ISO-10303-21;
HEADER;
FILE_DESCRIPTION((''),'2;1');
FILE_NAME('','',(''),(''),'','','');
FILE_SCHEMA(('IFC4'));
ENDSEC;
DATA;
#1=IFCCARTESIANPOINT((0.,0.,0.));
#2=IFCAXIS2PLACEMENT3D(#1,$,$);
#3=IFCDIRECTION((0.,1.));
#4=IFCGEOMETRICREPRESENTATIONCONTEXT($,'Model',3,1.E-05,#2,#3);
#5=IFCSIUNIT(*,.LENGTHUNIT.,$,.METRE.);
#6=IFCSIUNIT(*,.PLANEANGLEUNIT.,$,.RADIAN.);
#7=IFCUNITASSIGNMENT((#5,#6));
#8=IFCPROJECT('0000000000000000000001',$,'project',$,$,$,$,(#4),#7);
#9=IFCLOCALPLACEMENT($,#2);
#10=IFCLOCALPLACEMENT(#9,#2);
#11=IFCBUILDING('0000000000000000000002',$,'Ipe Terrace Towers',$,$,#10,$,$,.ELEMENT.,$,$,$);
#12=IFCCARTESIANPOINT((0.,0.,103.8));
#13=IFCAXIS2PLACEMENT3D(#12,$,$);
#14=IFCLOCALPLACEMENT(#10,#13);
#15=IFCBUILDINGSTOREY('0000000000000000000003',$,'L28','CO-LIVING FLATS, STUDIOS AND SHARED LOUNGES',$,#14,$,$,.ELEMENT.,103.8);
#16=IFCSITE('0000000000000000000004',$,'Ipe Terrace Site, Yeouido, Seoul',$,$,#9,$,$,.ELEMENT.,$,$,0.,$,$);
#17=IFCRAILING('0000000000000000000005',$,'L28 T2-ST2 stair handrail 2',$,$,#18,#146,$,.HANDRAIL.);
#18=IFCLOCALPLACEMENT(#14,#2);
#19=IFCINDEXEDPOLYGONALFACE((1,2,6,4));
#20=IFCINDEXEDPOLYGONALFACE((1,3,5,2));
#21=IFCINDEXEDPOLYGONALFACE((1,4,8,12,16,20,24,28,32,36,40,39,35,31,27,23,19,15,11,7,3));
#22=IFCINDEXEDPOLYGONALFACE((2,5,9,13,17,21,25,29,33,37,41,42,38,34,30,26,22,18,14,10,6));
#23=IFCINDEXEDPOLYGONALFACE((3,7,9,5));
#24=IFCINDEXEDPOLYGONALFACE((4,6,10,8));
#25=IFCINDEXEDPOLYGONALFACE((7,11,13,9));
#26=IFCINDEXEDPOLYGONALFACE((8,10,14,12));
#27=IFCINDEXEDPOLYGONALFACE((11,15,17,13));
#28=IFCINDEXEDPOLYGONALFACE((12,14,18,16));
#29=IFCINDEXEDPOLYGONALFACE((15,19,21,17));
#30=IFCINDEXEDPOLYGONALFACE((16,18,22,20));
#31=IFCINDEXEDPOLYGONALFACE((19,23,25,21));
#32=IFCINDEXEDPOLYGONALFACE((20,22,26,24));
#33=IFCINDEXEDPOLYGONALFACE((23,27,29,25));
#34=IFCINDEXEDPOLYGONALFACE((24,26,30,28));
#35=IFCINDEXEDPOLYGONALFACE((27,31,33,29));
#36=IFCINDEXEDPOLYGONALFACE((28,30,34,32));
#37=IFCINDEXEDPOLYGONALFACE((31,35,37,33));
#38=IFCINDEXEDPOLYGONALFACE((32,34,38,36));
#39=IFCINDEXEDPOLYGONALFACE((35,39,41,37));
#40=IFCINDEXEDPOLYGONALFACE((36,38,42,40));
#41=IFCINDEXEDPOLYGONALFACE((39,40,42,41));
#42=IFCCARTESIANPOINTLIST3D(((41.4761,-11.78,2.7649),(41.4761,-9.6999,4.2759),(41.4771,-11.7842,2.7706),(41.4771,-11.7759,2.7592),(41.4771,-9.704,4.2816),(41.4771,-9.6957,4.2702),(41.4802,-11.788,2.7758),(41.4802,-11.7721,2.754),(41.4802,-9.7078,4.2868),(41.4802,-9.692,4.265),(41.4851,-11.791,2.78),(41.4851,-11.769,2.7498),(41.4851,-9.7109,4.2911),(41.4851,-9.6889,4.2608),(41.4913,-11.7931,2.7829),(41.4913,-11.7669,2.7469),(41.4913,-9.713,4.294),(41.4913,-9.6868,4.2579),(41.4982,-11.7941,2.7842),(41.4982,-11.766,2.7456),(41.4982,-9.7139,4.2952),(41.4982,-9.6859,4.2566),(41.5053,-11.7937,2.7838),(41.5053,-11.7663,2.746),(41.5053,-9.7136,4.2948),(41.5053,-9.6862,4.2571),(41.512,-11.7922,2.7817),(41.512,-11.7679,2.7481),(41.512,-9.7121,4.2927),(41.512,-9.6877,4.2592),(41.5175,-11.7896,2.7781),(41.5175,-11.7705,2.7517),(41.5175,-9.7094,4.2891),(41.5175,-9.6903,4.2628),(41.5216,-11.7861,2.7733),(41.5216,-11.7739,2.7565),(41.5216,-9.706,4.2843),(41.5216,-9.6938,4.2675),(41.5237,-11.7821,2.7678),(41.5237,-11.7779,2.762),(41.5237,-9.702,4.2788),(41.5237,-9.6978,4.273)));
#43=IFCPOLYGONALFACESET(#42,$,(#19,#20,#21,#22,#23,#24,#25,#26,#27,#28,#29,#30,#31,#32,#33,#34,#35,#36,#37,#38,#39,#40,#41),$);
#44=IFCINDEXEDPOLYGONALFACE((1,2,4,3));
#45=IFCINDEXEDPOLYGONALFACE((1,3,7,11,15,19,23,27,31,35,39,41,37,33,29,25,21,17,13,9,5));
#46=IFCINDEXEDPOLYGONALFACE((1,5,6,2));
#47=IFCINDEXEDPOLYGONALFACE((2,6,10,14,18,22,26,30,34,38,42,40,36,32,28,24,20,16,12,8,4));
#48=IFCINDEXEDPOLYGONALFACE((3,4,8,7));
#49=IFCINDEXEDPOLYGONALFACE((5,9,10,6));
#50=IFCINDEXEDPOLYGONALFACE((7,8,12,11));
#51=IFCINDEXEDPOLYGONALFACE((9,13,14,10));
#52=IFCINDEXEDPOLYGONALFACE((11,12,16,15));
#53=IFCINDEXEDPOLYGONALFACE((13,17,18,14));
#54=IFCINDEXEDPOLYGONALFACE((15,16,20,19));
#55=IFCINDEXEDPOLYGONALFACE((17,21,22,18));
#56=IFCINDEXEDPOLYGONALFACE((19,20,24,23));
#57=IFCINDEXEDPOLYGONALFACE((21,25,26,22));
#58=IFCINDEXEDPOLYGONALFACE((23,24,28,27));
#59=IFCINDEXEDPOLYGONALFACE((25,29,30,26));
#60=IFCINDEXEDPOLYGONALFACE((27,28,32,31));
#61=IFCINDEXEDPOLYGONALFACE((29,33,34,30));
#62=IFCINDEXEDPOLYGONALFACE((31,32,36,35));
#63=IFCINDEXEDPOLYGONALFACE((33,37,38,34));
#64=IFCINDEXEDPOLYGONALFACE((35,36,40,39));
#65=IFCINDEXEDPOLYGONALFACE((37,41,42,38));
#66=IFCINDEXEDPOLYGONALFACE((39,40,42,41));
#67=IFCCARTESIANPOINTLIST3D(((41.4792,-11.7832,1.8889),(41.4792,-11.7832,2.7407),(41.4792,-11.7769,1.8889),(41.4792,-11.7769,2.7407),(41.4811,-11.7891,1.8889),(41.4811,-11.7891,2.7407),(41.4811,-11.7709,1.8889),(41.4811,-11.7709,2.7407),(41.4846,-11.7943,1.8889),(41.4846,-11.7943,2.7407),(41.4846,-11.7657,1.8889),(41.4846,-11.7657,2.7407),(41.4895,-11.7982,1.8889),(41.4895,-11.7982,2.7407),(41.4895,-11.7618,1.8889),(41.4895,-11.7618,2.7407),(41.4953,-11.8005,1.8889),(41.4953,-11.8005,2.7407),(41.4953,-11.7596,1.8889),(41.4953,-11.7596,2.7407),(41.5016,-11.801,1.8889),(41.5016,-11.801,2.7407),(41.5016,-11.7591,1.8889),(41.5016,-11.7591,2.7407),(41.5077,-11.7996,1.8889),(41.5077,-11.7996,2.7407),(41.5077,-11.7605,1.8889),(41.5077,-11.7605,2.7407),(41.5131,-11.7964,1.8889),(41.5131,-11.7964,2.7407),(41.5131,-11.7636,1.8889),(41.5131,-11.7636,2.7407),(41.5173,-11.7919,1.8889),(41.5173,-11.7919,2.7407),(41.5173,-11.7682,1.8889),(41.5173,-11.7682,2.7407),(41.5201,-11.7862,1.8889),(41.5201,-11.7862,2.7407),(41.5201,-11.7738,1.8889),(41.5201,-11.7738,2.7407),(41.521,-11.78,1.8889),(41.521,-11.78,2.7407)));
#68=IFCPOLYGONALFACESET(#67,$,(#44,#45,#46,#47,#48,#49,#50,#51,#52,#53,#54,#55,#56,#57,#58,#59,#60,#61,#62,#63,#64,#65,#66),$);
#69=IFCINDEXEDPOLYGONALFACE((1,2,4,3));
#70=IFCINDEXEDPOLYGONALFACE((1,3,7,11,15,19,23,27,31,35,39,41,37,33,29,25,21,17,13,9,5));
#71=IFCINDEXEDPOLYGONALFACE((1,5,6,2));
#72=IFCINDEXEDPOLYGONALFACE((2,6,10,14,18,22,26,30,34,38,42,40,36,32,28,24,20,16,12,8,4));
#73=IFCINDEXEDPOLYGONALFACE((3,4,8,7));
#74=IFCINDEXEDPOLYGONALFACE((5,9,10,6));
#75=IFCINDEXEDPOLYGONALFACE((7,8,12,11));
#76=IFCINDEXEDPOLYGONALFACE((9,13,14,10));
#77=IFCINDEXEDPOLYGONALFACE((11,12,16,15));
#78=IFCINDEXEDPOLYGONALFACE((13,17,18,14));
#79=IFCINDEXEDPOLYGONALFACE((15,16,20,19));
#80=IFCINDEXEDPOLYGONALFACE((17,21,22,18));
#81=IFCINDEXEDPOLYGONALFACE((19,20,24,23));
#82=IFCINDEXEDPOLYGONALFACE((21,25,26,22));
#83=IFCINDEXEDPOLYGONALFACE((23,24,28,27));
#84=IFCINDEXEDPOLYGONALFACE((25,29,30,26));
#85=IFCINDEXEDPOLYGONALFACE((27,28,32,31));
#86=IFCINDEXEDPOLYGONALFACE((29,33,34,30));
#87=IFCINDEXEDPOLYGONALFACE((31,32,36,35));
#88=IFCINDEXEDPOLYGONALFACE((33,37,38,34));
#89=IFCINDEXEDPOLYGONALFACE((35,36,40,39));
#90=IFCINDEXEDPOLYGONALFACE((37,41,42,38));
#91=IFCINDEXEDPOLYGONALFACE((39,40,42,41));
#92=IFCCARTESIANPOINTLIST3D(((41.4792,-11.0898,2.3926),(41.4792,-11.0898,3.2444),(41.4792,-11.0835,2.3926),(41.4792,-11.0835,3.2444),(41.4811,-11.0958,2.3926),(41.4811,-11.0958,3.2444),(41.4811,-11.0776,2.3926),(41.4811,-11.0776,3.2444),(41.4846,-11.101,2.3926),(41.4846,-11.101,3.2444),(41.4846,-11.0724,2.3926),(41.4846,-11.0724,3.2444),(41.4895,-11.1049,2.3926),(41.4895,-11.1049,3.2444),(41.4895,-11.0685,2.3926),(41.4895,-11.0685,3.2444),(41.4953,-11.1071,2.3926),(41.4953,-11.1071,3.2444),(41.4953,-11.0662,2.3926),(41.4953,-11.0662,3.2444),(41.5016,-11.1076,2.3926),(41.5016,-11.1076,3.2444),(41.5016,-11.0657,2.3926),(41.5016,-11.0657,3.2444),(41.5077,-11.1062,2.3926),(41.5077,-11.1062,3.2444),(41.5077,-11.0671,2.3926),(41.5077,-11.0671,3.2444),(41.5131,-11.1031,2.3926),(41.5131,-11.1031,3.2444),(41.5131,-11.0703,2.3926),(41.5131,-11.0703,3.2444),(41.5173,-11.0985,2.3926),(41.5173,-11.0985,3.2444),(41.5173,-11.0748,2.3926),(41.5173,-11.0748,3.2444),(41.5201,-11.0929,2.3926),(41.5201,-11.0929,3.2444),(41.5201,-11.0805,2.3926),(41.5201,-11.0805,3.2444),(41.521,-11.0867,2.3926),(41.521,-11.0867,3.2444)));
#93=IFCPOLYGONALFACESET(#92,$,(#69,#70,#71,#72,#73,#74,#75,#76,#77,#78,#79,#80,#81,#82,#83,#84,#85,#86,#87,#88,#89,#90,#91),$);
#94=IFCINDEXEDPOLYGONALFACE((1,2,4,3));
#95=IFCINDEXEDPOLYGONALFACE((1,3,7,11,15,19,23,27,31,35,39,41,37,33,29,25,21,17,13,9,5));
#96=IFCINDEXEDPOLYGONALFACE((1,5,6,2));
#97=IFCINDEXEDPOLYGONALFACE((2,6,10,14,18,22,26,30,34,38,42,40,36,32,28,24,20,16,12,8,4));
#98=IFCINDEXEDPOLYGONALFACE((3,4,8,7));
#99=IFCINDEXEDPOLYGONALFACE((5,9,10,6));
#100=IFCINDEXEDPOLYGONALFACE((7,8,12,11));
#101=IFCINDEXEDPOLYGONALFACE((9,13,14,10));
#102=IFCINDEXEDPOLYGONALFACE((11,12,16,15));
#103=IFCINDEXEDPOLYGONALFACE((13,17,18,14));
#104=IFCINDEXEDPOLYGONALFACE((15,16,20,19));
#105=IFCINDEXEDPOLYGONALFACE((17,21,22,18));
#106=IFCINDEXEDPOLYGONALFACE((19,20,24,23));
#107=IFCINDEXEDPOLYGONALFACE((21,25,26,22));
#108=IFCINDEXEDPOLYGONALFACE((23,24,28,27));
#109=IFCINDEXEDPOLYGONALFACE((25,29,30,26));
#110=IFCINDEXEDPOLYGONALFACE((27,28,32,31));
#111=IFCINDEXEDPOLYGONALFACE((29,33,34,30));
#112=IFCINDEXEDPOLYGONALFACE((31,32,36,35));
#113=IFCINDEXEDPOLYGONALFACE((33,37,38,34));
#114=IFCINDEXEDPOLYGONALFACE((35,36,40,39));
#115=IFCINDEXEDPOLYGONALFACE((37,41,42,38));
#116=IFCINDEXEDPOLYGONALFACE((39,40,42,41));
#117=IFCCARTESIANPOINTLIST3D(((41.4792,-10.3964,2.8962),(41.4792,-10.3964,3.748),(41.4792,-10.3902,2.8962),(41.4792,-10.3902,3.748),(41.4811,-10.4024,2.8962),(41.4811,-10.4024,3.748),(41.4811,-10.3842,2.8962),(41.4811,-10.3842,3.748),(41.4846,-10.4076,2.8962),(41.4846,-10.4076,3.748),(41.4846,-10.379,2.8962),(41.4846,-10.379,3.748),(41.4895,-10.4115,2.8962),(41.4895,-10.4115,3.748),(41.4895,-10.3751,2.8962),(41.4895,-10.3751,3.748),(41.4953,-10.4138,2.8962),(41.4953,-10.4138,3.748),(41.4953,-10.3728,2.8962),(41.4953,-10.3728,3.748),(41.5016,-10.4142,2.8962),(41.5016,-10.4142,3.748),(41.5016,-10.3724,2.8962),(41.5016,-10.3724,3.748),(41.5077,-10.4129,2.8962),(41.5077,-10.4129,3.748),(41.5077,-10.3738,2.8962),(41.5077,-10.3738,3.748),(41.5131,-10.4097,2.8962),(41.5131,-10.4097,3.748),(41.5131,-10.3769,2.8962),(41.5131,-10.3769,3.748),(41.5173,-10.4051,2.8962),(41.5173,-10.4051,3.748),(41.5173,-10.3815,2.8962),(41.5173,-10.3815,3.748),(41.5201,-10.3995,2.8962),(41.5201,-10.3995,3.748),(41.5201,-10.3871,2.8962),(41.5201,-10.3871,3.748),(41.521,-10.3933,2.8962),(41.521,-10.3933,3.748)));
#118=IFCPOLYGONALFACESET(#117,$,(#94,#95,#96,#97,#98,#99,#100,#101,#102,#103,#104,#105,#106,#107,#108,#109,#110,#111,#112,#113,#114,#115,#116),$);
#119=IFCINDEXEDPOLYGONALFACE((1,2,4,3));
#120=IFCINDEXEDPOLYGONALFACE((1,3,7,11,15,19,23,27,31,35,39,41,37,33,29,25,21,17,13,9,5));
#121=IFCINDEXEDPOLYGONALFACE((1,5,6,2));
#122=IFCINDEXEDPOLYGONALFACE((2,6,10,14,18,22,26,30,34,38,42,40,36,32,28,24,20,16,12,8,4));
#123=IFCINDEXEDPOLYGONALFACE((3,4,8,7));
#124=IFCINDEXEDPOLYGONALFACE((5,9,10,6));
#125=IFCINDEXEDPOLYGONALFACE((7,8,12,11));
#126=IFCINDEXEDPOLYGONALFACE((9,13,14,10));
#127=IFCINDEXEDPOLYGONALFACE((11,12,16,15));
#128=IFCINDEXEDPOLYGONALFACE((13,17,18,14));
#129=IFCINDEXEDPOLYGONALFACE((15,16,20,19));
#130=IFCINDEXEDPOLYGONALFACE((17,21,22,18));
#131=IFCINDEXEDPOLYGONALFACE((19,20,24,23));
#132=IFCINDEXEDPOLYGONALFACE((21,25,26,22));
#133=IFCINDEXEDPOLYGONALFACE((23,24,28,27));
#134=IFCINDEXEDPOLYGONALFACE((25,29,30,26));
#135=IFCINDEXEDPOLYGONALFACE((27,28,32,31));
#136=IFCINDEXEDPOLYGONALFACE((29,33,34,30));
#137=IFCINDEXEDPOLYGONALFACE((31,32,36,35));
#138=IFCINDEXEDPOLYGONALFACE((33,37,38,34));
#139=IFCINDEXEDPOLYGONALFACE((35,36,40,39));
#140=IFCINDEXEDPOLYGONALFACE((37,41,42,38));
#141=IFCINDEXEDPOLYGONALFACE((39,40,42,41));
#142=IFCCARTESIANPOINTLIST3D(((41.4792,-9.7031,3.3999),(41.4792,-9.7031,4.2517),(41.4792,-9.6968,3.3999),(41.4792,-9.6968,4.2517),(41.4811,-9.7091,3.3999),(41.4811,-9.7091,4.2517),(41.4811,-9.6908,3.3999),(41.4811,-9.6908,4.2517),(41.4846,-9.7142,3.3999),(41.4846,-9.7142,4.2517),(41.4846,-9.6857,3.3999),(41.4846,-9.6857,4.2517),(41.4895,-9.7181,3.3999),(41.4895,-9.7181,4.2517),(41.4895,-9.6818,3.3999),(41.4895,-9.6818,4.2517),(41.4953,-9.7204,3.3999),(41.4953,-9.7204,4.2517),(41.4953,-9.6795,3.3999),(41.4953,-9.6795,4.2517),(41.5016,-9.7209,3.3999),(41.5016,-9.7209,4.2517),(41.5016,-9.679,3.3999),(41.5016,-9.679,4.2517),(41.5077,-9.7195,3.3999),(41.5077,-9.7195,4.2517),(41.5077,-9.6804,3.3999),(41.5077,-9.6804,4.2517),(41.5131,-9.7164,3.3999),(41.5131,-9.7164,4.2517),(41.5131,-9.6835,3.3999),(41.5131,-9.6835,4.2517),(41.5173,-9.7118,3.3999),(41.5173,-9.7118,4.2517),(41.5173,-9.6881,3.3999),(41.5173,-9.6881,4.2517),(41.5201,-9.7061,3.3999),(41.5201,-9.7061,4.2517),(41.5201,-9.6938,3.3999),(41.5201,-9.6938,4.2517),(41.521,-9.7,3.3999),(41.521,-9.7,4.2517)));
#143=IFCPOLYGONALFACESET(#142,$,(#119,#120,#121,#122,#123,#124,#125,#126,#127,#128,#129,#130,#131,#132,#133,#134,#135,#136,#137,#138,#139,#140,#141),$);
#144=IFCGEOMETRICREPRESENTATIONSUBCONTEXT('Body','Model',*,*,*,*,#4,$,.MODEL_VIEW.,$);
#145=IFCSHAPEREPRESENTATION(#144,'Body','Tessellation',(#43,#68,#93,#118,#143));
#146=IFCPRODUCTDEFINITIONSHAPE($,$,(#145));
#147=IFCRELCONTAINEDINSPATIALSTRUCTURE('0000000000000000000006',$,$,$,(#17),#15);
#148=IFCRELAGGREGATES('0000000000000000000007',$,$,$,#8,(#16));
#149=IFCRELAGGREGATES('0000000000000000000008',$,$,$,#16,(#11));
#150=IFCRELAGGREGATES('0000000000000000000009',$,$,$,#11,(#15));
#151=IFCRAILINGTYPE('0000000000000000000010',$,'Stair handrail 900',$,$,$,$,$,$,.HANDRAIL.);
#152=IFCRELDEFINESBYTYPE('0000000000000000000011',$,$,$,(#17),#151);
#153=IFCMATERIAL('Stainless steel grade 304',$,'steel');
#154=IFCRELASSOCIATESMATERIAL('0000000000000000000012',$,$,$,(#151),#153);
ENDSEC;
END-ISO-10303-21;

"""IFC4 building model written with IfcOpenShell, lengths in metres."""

from ifc_helpers import new_model, si_unit, direction, frame, origin, origin_2d, place, context, subcontext, project, spatial, circle, extrude, material, type_object, element, save


model = new_model("IFC4")

# Units and contexts
model_context = context("Model", 3, precision=1e-05, world=origin(), true_north=direction((0.0, 1.0)))
body_context = subcontext(model_context, "Body", "Model", "MODEL_VIEW")
ifc_project = project(units=[si_unit("LENGTHUNIT", "METRE"), si_unit("PLANEANGLEUNIT", "RADIAN")], contexts=[model_context])

# Site, building, storey
site_placement = place(None, origin())
site = spatial("IfcSite", under=ifc_project, at=site_placement, Name="Ipe Terrace Site, Yeouido, Seoul", CompositionType="ELEMENT", RefElevation=0.0)
building_placement = place(site_placement, origin())
building = spatial("IfcBuilding", under=site, at=building_placement, Name="Ipe Terrace Towers", CompositionType="ELEMENT")
storey_placement = place(building_placement, frame((0.0, 0.0, 103.8)))
storey = spatial("IfcBuildingStorey", under=building, at=storey_placement, Name="L28", Description="CO-LIVING FLATS, STUDIOS AND SHARED LOUNGES", CompositionType="ELEMENT", Elevation=103.8)

# Railing
ifc_material_1 = material(Name="Stainless steel grade 304", Category="steel")
railing_type_1 = type_object("IfcRailingType", Name="Stair handrail 900", PredefinedType="HANDRAIL", material=ifc_material_1)
railing_1_placement = place(storey_placement, frame((41.5, -11.78, 1.8889)))
element("IfcRailing", 1, at=railing_1_placement, inside=storey, type_object=railing_type_1, Name="L28 T2-ST2 stair handrail 2", PredefinedType="HANDRAIL", context=body_context, shape_type="SweptSolid", body=[
    extrude(circle(Radius=0.0239, at=origin_2d()), frame((0.0, 0.0, 0.876), z_axis=(0.0, 0.809069, 0.587714), x_axis=(-1.0, 0.0, 0.0)), (0.0, 0.0, 1.0), 2.571),
    extrude(circle(Radius=0.021, at=origin_2d()), origin(), (0.0, 0.0, 1.0), 0.8518),
    extrude(circle(Radius=0.021, at=origin_2d()), frame((0.0, 0.6934, 0.5037)), (0.0, 0.0, 1.0), 0.8518),
    extrude(circle(Radius=0.021, at=origin_2d()), frame((0.0, 1.3867, 1.0073)), (0.0, 0.0, 1.0), 0.8518),
    extrude(circle(Radius=0.021, at=origin_2d()), frame((0.0, 2.0801, 1.511)), (0.0, 0.0, 1.0), 0.8518),
])

save(model, "model.ifc")
